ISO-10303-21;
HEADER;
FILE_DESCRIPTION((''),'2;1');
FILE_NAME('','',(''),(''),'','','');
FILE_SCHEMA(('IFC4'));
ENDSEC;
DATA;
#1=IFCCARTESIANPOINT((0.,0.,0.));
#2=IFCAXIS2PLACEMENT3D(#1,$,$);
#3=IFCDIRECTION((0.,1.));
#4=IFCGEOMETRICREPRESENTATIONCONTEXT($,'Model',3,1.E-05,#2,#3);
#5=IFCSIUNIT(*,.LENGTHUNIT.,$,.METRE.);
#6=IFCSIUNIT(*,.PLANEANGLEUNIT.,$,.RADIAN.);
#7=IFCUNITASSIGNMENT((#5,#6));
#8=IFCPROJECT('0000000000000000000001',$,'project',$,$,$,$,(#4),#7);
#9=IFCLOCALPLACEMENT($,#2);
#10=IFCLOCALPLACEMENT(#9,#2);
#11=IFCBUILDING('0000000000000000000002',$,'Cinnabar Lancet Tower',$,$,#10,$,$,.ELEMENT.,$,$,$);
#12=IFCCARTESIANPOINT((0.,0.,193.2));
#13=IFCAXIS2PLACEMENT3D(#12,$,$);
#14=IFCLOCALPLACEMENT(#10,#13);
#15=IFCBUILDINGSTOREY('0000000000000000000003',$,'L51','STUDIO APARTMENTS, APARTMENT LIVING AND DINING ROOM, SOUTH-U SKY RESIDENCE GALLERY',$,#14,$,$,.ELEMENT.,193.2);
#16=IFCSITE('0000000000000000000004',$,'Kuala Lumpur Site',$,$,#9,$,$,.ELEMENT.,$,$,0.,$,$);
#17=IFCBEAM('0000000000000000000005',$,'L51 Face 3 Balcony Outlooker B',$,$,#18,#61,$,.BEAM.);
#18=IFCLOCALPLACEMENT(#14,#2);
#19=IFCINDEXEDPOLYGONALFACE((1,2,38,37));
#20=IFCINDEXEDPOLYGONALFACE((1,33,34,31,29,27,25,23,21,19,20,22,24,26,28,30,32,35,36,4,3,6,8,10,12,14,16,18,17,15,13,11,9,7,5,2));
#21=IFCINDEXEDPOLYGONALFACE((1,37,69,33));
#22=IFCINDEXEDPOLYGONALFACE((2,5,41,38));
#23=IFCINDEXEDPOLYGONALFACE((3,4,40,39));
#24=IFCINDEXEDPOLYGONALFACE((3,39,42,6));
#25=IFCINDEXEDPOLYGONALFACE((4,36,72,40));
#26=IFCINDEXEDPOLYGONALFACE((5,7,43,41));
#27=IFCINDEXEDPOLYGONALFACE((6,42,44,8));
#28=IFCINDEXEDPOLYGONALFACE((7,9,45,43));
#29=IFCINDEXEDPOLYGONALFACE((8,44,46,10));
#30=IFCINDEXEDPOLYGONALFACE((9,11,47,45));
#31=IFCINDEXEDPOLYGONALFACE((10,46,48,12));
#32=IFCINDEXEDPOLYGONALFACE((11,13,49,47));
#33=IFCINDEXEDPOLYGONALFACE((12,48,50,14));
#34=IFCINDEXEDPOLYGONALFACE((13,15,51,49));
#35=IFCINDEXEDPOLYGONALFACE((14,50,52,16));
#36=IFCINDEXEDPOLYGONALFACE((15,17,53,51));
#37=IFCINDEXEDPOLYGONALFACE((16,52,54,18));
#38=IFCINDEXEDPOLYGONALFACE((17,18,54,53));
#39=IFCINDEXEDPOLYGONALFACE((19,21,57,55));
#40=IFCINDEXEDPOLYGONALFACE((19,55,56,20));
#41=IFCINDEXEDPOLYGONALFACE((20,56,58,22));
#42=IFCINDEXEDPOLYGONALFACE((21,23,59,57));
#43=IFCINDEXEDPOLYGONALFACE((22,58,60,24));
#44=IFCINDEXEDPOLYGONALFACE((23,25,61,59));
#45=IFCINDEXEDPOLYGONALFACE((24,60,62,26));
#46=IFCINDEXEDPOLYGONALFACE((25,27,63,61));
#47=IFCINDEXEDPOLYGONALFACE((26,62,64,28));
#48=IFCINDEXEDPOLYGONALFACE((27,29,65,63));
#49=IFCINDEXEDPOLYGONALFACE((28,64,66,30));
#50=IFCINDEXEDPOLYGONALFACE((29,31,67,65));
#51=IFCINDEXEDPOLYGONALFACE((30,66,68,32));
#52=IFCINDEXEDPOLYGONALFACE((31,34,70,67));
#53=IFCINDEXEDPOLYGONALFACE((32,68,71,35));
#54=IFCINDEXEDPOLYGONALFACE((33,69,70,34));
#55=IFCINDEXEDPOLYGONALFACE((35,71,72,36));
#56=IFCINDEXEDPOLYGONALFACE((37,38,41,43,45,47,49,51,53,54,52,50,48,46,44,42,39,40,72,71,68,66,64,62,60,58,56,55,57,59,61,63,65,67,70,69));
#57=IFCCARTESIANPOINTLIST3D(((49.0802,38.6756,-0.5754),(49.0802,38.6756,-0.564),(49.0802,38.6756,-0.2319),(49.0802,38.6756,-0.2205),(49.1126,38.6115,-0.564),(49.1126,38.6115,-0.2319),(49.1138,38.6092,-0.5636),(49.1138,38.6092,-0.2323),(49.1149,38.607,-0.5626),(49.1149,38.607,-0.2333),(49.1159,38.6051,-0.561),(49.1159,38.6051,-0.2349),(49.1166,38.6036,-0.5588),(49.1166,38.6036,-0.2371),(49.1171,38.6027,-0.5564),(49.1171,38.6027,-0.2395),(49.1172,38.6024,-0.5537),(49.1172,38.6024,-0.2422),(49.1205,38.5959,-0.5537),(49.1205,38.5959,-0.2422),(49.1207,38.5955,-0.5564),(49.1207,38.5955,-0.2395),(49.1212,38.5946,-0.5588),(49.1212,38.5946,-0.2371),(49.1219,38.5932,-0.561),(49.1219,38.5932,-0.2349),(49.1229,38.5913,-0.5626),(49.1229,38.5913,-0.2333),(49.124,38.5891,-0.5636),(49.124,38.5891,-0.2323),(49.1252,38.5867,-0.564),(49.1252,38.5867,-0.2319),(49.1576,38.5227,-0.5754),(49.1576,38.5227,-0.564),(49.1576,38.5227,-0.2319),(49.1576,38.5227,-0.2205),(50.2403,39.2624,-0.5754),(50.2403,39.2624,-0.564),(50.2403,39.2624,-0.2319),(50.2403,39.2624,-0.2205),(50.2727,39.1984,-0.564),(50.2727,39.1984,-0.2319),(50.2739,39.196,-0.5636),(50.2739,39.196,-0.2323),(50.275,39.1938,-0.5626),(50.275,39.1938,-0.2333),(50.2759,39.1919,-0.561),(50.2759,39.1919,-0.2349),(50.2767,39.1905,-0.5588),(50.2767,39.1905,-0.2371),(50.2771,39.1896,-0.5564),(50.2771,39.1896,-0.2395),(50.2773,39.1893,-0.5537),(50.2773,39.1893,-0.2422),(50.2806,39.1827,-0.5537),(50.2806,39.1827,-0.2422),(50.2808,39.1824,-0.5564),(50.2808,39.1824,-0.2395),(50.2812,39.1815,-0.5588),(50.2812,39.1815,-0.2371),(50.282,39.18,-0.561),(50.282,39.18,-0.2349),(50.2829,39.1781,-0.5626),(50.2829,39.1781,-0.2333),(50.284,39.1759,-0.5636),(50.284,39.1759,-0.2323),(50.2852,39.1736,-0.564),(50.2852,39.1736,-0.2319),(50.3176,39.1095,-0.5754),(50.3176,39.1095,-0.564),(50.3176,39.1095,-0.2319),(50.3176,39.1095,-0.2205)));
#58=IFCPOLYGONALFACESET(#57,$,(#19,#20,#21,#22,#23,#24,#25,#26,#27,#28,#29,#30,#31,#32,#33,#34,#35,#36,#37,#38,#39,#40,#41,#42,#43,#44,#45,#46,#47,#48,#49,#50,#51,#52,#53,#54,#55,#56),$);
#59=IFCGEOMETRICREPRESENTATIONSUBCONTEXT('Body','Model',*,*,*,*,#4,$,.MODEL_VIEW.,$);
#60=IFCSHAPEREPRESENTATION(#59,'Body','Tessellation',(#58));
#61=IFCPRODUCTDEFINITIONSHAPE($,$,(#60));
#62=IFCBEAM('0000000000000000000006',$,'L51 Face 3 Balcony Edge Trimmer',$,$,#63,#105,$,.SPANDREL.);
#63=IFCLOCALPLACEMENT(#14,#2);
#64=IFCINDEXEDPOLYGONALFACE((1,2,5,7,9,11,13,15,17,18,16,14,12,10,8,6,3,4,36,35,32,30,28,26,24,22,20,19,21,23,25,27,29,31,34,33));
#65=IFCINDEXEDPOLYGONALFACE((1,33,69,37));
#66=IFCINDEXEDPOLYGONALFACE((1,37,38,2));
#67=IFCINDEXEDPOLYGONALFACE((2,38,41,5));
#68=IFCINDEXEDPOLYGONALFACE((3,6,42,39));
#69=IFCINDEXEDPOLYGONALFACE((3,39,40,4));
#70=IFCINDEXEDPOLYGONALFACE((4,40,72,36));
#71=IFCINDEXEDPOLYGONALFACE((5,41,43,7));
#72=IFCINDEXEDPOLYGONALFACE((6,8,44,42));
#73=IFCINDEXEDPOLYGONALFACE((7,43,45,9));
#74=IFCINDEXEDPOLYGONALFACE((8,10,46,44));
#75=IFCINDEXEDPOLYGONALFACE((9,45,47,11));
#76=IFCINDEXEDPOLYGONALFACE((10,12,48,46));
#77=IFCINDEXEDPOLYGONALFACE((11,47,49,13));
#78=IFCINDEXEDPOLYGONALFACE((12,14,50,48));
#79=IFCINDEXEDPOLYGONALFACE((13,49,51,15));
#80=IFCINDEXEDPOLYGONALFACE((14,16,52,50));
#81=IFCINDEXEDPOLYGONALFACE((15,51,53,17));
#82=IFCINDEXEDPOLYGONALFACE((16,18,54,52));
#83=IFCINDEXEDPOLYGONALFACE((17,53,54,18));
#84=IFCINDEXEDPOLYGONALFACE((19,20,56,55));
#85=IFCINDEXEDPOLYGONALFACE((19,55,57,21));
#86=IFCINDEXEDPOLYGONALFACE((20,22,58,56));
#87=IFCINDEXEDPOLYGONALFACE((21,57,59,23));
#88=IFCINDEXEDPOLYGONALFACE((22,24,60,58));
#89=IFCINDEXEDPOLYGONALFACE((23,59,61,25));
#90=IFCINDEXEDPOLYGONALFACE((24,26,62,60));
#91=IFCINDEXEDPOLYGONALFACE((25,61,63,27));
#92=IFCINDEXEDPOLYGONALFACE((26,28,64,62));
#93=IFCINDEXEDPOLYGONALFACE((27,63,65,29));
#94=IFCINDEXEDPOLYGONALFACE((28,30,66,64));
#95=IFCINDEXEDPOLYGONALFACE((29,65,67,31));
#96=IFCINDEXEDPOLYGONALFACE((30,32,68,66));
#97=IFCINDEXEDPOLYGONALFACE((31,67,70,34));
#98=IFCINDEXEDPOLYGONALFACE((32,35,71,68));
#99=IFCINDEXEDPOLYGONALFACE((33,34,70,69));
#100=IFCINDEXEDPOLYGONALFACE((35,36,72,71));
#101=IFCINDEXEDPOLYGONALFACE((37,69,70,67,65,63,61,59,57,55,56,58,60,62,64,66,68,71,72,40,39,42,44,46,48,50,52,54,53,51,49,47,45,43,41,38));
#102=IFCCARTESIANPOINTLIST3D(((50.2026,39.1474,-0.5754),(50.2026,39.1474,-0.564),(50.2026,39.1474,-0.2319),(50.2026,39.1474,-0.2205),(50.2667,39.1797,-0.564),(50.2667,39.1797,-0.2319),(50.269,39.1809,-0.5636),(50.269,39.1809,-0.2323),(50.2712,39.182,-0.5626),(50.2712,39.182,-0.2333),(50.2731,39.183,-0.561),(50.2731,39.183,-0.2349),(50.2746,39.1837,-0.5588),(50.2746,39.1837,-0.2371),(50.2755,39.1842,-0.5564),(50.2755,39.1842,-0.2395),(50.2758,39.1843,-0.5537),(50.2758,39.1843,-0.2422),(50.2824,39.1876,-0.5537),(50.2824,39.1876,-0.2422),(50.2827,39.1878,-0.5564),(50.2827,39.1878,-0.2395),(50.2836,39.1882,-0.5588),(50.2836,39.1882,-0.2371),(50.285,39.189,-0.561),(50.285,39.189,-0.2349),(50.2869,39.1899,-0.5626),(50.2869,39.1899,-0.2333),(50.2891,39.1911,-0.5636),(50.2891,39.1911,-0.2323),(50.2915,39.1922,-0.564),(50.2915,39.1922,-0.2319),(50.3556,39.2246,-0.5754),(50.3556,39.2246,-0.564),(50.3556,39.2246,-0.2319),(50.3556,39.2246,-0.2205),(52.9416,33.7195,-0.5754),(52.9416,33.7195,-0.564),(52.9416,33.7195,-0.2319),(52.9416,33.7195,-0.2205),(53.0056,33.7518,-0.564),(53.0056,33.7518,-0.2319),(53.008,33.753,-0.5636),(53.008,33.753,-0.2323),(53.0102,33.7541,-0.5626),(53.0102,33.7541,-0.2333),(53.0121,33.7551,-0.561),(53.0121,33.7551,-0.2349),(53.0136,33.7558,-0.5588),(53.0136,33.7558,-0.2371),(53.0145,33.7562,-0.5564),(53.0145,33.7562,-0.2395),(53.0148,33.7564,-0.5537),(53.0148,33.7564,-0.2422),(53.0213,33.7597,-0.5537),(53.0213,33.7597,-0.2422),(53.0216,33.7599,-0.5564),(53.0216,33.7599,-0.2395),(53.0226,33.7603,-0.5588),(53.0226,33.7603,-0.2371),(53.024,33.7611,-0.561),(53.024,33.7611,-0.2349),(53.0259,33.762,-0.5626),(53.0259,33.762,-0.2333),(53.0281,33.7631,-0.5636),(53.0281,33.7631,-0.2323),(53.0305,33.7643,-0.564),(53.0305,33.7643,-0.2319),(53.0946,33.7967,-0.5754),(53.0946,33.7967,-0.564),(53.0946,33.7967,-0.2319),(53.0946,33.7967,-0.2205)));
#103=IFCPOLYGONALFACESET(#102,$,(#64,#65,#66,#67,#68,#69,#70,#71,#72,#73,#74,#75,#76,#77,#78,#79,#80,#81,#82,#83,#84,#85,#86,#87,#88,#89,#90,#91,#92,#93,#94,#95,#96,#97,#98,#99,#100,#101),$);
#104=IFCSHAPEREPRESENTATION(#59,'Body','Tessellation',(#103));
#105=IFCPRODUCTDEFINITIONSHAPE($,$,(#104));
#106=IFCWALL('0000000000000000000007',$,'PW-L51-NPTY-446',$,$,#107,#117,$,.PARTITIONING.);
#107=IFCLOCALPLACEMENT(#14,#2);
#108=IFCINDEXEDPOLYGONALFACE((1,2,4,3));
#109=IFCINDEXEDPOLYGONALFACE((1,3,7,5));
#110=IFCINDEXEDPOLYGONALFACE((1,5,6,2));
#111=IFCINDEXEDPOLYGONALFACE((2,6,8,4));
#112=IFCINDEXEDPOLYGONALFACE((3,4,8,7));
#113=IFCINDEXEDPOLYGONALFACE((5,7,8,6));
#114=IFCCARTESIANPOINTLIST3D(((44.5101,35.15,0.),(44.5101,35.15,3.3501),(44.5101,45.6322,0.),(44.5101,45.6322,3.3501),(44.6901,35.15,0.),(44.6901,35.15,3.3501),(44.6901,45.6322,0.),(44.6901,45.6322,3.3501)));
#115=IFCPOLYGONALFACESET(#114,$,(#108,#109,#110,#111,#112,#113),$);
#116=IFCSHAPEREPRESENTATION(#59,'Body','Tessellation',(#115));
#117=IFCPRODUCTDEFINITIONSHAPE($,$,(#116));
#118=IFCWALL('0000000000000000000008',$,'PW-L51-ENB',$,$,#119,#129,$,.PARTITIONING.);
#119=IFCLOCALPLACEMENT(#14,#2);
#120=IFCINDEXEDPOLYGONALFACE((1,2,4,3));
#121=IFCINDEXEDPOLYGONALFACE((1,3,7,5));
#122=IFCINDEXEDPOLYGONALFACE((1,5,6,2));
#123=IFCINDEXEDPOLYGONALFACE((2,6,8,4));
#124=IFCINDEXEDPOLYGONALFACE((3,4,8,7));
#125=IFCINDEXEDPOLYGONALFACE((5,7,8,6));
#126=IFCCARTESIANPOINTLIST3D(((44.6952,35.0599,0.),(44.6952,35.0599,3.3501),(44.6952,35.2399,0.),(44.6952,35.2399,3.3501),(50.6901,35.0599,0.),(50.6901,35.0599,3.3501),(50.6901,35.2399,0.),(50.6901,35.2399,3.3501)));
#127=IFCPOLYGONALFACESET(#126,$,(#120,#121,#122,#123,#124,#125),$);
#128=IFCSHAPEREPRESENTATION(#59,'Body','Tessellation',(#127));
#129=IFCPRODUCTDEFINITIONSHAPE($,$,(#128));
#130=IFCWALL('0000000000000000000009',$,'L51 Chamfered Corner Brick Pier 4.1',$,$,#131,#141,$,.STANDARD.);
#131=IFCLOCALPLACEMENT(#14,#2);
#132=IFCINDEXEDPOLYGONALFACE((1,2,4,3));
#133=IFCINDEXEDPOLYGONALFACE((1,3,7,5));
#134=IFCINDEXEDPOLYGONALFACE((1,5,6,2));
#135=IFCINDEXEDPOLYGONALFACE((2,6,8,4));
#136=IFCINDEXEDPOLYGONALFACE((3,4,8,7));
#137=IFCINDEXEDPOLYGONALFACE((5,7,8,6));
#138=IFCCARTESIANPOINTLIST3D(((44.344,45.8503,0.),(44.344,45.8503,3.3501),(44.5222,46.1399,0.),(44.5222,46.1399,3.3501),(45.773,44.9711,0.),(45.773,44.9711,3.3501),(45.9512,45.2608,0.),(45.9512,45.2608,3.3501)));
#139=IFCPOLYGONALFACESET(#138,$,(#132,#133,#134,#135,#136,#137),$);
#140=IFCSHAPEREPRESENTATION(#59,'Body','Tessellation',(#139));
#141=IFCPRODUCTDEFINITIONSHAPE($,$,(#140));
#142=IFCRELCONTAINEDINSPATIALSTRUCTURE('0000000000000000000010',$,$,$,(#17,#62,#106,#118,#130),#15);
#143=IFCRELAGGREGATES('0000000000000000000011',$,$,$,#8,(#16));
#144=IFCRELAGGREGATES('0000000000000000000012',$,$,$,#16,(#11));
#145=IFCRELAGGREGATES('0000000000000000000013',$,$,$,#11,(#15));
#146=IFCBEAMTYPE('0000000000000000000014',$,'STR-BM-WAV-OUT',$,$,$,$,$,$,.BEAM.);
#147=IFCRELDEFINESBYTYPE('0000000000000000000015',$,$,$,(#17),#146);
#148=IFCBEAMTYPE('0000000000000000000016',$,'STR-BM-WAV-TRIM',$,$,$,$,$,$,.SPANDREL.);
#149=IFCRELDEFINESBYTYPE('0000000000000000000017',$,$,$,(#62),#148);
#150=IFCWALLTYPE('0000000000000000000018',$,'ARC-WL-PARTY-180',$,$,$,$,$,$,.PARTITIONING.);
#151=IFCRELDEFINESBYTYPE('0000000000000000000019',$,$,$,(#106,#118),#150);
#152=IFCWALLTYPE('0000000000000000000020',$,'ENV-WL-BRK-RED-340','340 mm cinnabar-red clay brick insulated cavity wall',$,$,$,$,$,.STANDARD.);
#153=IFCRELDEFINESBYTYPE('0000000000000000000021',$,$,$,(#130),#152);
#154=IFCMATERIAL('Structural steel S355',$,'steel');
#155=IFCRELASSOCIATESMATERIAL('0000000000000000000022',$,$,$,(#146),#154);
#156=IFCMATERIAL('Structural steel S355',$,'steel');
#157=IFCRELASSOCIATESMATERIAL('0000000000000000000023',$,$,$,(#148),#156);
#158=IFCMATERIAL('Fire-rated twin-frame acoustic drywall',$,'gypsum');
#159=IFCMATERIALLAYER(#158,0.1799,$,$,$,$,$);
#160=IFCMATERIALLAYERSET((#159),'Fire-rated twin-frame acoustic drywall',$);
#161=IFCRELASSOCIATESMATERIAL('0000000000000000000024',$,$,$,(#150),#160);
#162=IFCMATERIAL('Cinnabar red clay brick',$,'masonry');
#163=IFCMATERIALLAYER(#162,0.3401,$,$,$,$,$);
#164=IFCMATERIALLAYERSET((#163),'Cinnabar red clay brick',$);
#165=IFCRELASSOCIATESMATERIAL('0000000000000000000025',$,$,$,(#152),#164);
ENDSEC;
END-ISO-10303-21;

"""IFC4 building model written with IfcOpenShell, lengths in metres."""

from ifc_helpers import new_model, si_unit, direction, frame, frame_2d, origin, origin_2d, place, context, subcontext, project, spatial, rectangle, i_section, extrude, material, layer, layer_set, material_profile, profile_set, type_object, element, save


model = new_model("IFC4")

# Units and contexts
model_context = context("Model", 3, precision=1e-05, world=origin(), true_north=direction((0.0, 1.0)))
body_context = subcontext(model_context, "Body", "Model", "MODEL_VIEW")
ifc_project = project(units=[si_unit("LENGTHUNIT", "METRE"), si_unit("PLANEANGLEUNIT", "RADIAN")], contexts=[model_context])

# Site, building, storey
site_placement = place(None, origin())
site = spatial("IfcSite", under=ifc_project, at=site_placement, Name="Kuala Lumpur Site", CompositionType="ELEMENT", RefElevation=0.0)
building_placement = place(site_placement, origin())
building = spatial("IfcBuilding", under=site, at=building_placement, Name="Cinnabar Lancet Tower", CompositionType="ELEMENT")
storey_placement = place(building_placement, frame((0.0, 0.0, 193.2)))
storey = spatial("IfcBuildingStorey", under=building, at=storey_placement, Name="L51", Description="STUDIO APARTMENTS, APARTMENT LIVING AND DINING ROOM, SOUTH-U SKY RESIDENCE GALLERY", CompositionType="ELEMENT", Elevation=193.2)

# Beams
ifc_material_1 = material(Name="Structural steel S355", Category="steel")
ifc_material_profile_1 = material_profile(ifc_material_1, i_section(OverallWidth=0.1714, OverallDepth=0.355, WebThickness=0.0073, FlangeThickness=0.0115, FilletRadius=0.0103, at=origin_2d()), Name="UKB 356x171x51")
ifc_profile_set_1 = profile_set([ifc_material_profile_1], Name="Structural steel S355")
beam_type_1 = type_object("IfcBeamType", Name="STR-BM-WAV-OUT", PredefinedType="BEAM", material=ifc_profile_set_1)
beam_1_placement = place(storey_placement, frame((49.1189, 38.5991, -0.3979), z_axis=(0.892314, 0.451415, 0.0), x_axis=(-0.451415, 0.892314, 0.0)))
element("IfcBeam", 1, at=beam_1_placement, inside=storey, type_object=beam_type_1, Name="L51 Face 3 Balcony Outlooker B", PredefinedType="BEAM", context=body_context, shape_type="SweptSolid", body=[
    extrude(i_section(OverallWidth=0.1714, OverallDepth=0.355, WebThickness=0.0073, FlangeThickness=0.0115, FilletRadius=0.0103, at=origin_2d()), origin(), (0.0, 0.0, 1.0), 1.3),
])
ifc_material_2 = material(Name="Structural steel S355", Category="steel")
ifc_material_profile_2 = material_profile(ifc_material_2, i_section(OverallWidth=0.1714, OverallDepth=0.355, WebThickness=0.0073, FlangeThickness=0.0115, FilletRadius=0.0103, at=origin_2d()), Name="UKB 356x171x51")
ifc_profile_set_2 = profile_set([ifc_material_profile_2], Name="Structural steel S355")
beam_type_2 = type_object("IfcBeamType", Name="STR-BM-WAV-TRIM", PredefinedType="SPANDREL", material=ifc_profile_set_2)
beam_2_placement = place(storey_placement, frame((53.0181, 33.7581, -0.3979), z_axis=(-0.450503, 0.892775, 0.0), x_axis=(-0.892775, -0.450503, 0.0)))
element("IfcBeam", 2, at=beam_2_placement, inside=storey, type_object=beam_type_2, Name="L51 Face 3 Balcony Edge Trimmer", PredefinedType="SPANDREL", context=body_context, shape_type="SweptSolid", body=[
    extrude(i_section(OverallWidth=0.1714, OverallDepth=0.355, WebThickness=0.0073, FlangeThickness=0.0115, FilletRadius=0.0103, at=origin_2d()), origin(), (0.0, 0.0, 1.0), 6.0798),
])

# Walls
ifc_material_3 = material(Name="Fire-rated twin-frame acoustic drywall", Category="gypsum")
ifc_layer_1 = layer(ifc_material_3, 0.1799)
ifc_layer_set_1 = layer_set([ifc_layer_1], Name="Fire-rated twin-frame acoustic drywall")
wall_type_1 = type_object("IfcWallType", Name="ARC-WL-PARTY-180", PredefinedType="PARTITIONING", material=ifc_layer_set_1)
wall_1_placement = place(storey_placement, frame((44.6001, 35.1499, 0.0), z_axis=(0.0, 0.0, 1.0), x_axis=(0.0, 1.0, 0.0)))
element("IfcWall", 3, at=wall_1_placement, inside=storey, type_object=wall_type_1, Name="PW-L51-NPTY-446", PredefinedType="PARTITIONING", context=body_context, shape_type="SweptSolid", body=[
    extrude(rectangle(XDim=10.4822, YDim=0.1799, at=frame_2d((5.2412, 0.0))), origin(), (0.0, 0.0, 1.0), 3.3501),
])
wall_2_placement = place(storey_placement, frame((44.6951, 35.1499, 0.0), z_axis=(0.0, 0.0, 1.0), x_axis=(1.0, 0.0, 0.0)))
element("IfcWall", 4, at=wall_2_placement, inside=storey, type_object=wall_type_1, Name="PW-L51-ENB", PredefinedType="PARTITIONING", context=body_context, shape_type="SweptSolid", body=[
    extrude(rectangle(XDim=5.9949, YDim=0.1799, at=frame_2d((2.9976, 0.0))), origin(), (0.0, 0.0, 1.0), 3.3501),
])
ifc_material_4 = material(Name="Cinnabar red clay brick", Category="masonry")
ifc_layer_2 = layer(ifc_material_4, 0.3401)
ifc_layer_set_2 = layer_set([ifc_layer_2], Name="Cinnabar red clay brick")
wall_type_2 = type_object("IfcWallType", Name="ENV-WL-BRK-RED-340", Description="340 mm cinnabar-red clay brick insulated cavity wall", PredefinedType="STANDARD", material=ifc_layer_set_2)
wall_3_placement = place(storey_placement, frame((45.8621, 45.116, 0.0), z_axis=(0.0, 0.0, 1.0), x_axis=(-0.851713, 0.524008, 0.0)))
element("IfcWall", 5, at=wall_3_placement, inside=storey, type_object=wall_type_2, Name="L51 Chamfered Corner Brick Pier 4.1", PredefinedType="STANDARD", context=body_context, shape_type="SweptSolid", body=[
    extrude(rectangle(XDim=1.6777, YDim=0.3401, at=frame_2d((0.8389, 0.0))), origin(), (0.0, 0.0, 1.0), 3.3501),
])

save(model, "model.ifc")
